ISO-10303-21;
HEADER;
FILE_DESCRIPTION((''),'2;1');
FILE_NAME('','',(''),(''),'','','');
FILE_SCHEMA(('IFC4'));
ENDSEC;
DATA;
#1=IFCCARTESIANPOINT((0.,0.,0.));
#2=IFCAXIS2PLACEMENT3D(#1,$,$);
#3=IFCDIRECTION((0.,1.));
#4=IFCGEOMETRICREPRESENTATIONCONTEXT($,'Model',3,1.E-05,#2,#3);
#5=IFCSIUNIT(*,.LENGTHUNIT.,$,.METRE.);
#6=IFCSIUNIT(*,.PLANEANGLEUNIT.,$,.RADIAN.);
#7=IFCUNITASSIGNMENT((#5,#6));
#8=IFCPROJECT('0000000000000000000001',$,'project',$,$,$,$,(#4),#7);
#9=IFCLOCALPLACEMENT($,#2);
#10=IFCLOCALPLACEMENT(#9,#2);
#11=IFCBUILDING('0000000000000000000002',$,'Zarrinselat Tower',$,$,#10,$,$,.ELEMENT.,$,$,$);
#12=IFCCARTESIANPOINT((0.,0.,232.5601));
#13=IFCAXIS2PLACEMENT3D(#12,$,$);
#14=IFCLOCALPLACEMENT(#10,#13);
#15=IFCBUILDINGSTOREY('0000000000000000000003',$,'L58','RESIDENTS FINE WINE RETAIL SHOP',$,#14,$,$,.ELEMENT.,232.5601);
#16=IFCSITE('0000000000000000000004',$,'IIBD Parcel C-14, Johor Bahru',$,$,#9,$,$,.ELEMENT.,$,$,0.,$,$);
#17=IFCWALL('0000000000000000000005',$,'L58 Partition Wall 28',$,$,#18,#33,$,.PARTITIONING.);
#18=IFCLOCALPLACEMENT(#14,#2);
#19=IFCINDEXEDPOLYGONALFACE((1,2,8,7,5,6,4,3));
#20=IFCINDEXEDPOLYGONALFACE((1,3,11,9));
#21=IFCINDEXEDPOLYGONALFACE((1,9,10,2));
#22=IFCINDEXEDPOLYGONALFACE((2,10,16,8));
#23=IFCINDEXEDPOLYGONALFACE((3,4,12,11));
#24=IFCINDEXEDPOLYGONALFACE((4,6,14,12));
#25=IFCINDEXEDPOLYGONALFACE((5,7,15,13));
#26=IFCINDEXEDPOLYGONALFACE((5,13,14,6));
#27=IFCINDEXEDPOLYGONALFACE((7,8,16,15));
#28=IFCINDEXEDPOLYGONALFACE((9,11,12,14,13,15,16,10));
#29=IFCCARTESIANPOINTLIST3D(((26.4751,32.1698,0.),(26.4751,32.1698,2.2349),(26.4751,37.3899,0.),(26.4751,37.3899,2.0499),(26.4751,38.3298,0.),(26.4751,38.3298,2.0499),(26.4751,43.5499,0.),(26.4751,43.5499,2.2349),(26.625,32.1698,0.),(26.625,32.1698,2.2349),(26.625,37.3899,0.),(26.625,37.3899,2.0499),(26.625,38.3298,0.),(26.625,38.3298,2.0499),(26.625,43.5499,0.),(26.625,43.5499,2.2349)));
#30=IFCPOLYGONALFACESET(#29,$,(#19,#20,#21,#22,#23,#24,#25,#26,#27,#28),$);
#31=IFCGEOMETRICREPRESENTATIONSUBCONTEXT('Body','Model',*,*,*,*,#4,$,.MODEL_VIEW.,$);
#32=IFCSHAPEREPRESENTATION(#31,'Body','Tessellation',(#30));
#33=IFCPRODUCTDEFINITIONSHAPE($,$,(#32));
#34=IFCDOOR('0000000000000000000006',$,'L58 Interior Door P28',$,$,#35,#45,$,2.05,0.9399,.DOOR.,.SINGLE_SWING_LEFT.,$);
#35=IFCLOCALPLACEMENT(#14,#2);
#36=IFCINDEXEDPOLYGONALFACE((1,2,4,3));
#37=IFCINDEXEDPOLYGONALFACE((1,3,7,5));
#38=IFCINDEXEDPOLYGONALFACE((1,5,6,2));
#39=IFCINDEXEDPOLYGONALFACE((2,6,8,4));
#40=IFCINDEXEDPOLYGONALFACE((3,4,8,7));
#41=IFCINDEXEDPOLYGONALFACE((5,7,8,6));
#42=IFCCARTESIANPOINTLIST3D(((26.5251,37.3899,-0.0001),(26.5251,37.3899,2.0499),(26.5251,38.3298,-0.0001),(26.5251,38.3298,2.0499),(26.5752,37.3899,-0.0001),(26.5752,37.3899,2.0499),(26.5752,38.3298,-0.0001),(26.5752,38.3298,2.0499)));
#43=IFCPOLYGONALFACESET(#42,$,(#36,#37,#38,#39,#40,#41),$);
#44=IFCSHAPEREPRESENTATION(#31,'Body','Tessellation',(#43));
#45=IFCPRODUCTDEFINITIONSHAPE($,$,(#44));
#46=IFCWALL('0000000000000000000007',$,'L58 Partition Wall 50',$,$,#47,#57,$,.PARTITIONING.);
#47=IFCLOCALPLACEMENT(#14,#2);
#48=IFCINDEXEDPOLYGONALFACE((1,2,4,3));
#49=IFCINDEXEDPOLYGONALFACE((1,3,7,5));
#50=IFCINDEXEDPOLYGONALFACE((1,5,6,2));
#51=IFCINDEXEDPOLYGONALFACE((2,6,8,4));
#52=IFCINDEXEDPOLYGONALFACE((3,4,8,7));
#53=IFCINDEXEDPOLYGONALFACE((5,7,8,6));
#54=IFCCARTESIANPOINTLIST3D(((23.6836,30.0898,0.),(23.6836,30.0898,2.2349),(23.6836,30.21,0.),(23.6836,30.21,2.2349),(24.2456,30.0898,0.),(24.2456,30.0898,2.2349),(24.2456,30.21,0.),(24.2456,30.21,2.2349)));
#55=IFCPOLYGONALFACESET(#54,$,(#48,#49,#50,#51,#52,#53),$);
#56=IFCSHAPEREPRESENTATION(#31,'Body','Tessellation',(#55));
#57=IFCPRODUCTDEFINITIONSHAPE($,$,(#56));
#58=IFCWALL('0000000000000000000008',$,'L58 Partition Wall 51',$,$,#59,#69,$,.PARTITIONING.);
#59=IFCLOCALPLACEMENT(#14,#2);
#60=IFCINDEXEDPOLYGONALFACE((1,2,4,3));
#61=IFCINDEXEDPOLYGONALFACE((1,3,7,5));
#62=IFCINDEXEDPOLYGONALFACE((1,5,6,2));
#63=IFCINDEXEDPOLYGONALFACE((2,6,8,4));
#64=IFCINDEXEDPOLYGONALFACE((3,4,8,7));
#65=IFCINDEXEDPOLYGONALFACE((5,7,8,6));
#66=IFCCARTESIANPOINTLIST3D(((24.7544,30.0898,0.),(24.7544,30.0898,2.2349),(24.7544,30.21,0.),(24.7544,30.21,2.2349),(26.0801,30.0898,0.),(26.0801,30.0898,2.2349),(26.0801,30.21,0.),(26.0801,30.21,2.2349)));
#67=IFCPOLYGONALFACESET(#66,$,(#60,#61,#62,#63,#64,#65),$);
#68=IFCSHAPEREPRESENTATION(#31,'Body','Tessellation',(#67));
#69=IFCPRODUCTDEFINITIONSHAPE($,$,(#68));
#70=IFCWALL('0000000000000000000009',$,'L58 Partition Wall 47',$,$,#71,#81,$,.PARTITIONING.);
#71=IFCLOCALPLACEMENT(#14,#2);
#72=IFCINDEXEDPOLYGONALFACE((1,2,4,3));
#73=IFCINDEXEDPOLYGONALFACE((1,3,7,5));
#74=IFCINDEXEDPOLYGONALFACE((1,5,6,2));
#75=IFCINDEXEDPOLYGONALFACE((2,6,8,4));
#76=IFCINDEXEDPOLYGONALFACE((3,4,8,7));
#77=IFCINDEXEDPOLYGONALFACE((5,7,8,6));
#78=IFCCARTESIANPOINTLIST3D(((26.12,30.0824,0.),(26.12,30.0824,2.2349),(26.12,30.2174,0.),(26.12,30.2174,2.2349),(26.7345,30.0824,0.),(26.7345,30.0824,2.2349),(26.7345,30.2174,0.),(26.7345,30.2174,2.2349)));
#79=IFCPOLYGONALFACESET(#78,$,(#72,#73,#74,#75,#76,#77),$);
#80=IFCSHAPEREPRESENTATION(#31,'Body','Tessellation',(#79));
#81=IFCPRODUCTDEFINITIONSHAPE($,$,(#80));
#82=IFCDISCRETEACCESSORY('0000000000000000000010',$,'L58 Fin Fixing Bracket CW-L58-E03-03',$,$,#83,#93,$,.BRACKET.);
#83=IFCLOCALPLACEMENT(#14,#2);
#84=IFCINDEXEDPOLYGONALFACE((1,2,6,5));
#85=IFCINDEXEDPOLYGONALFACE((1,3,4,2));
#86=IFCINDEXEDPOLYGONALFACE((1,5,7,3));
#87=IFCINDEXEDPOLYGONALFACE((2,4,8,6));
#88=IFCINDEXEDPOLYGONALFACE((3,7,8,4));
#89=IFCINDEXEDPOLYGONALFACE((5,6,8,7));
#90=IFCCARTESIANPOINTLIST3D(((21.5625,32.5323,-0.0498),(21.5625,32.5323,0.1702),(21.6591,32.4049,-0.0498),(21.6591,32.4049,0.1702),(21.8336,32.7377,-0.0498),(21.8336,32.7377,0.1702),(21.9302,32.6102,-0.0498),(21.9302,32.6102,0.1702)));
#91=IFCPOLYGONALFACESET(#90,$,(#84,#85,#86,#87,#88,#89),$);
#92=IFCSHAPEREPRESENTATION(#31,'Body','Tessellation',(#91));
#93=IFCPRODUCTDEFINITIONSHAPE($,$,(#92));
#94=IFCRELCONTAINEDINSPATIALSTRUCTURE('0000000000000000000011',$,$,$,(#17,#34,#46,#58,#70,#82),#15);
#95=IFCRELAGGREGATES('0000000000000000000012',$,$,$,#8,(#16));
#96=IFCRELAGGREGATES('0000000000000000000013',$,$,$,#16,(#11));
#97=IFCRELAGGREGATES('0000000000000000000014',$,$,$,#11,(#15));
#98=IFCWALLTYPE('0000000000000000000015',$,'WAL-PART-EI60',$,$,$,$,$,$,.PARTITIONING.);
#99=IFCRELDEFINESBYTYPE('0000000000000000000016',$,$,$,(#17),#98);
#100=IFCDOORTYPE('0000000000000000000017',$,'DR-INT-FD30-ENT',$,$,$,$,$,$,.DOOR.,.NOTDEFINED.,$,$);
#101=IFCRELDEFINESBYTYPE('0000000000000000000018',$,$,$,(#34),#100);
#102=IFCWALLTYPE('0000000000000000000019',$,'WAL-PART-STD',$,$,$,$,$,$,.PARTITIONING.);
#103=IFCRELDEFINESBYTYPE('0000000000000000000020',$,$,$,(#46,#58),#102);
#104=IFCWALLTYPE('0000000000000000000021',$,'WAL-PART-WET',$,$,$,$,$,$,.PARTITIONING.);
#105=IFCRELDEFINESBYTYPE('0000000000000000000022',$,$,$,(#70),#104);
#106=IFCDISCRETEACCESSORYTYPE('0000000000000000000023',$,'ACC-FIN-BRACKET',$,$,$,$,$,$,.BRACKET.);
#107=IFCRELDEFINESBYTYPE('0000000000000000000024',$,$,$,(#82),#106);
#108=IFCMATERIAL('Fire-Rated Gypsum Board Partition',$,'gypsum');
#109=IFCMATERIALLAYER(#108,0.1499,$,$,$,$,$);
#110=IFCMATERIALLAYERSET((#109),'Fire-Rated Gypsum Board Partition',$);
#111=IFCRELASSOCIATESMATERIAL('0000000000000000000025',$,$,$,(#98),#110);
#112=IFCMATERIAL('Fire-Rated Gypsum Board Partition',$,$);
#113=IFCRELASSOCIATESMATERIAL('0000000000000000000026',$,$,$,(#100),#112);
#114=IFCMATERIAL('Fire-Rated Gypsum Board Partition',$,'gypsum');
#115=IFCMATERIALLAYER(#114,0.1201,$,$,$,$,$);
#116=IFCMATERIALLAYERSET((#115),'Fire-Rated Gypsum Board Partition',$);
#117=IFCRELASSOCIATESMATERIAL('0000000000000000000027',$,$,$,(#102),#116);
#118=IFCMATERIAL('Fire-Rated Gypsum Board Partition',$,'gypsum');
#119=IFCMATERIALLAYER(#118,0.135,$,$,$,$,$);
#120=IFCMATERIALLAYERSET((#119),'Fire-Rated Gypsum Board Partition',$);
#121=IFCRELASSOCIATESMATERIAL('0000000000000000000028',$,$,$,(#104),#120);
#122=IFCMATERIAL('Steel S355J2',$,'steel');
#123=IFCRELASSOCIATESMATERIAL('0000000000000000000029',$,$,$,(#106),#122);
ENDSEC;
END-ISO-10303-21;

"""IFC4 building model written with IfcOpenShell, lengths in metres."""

from ifc_helpers import new_model, si_unit, direction, frame, frame_2d, origin, origin_2d, place, context, subcontext, project, spatial, rectangle, extrude, material, layer, layer_set, type_object, element, fill, save


model = new_model("IFC4")

# Units and contexts
model_context = context("Model", 3, precision=1e-05, world=origin(), true_north=direction((0.0, 1.0)))
body_context = subcontext(model_context, "Body", "Model", "MODEL_VIEW")
ifc_project = project(units=[si_unit("LENGTHUNIT", "METRE"), si_unit("PLANEANGLEUNIT", "RADIAN")], contexts=[model_context])

# Site, building, storey
site_placement = place(None, origin())
site = spatial("IfcSite", under=ifc_project, at=site_placement, Name="IIBD Parcel C-14, Johor Bahru", CompositionType="ELEMENT", RefElevation=0.0)
building_placement = place(site_placement, origin())
building = spatial("IfcBuilding", under=site, at=building_placement, Name="Zarrinselat Tower", CompositionType="ELEMENT")
storey_placement = place(building_placement, frame((0.0, 0.0, 232.5601)))
storey = spatial("IfcBuildingStorey", under=building, at=storey_placement, Name="L58", Description="RESIDENTS FINE WINE RETAIL SHOP", CompositionType="ELEMENT", Elevation=232.5601)

# Shared definitions
ifc_material_1 = material(Name="Fire-Rated Gypsum Board Partition", Category="gypsum")
ifc_layer_1 = layer(ifc_material_1, 0.1499)
ifc_layer_set_1 = layer_set([ifc_layer_1], Name="Fire-Rated Gypsum Board Partition")
wall_type_1 = type_object("IfcWallType", Name="WAL-PART-EI60", PredefinedType="PARTITIONING", material=ifc_layer_set_1)
ifc_material_2 = material(Name="Fire-Rated Gypsum Board Partition")
door_type_1 = type_object("IfcDoorType", Name="DR-INT-FD30-ENT", OperationType="NOTDEFINED", PredefinedType="DOOR", material=ifc_material_2)

# Wall, opening, door
wall_1_placement = place(storey_placement, frame((26.55, 32.1699, 0.0), z_axis=(0.0, 0.0, 1.0), x_axis=(0.0, 1.0, 0.0)))
wall_1 = element("IfcWall", 1, at=wall_1_placement, inside=storey, type_object=wall_type_1, Name="L58 Partition Wall 28", PredefinedType="PARTITIONING", context=body_context, shape_type="SweptSolid", body=[
    extrude(rectangle(XDim=11.3801, YDim=0.1499, at=frame_2d((5.6899, 0.0))), origin(), (0.0, 0.0, 1.0), 2.2349),
])
opening_1_placement = place(wall_1_placement, frame((5.22, 0.0, 0.0)))
opening_1 = element("IfcOpeningElement", 2, at=opening_1_placement, cuts=wall_1, PredefinedType="OPENING", context=body_context, shape_type="SweptSolid", body=[
    extrude(rectangle(XDim=0.9399, YDim=2.05, at=frame_2d((0.47, 1.0249))), frame((0.0, 0.085, 0.0), z_axis=(0.0, -1.0, 0.0), x_axis=(1.0, 0.0, 0.0)), (0.0, 0.0, 1.0), 0.1699),
])
door_1_placement = place(opening_1_placement, origin())
door_1 = element("IfcDoor", 3, at=door_1_placement, inside=storey, type_object=door_type_1, Name="L58 Interior Door P28", OperationType="SINGLE_SWING_LEFT", OverallHeight=2.05, OverallWidth=0.9399, PredefinedType="DOOR", context=body_context, shape_type="SweptSolid", body=[
    extrude(rectangle(XDim=0.9399, YDim=2.05, at=frame_2d((0.47, 1.0249))), frame((0.0, 0.0249, 0.0), z_axis=(0.0, -1.0, 0.0), x_axis=(1.0, 0.0, 0.0)), (0.0, 0.0, 1.0), 0.05),
])
fill(opening_1, door_1)

# Walls
ifc_material_3 = material(Name="Fire-Rated Gypsum Board Partition", Category="gypsum")
ifc_layer_2 = layer(ifc_material_3, 0.1201)
ifc_layer_set_2 = layer_set([ifc_layer_2], Name="Fire-Rated Gypsum Board Partition")
wall_type_2 = type_object("IfcWallType", Name="WAL-PART-STD", PredefinedType="PARTITIONING", material=ifc_layer_set_2)
wall_2_placement = place(storey_placement, frame((23.6836, 30.1499, 0.0), z_axis=(0.0, 0.0, 1.0), x_axis=(1.0, 0.0, 0.0)))
element("IfcWall", 4, at=wall_2_placement, inside=storey, type_object=wall_type_2, Name="L58 Partition Wall 50", PredefinedType="PARTITIONING", context=body_context, shape_type="SweptSolid", body=[
    extrude(rectangle(XDim=0.562, YDim=0.1201, at=frame_2d((0.281, 0.0))), origin(), (0.0, 0.0, 1.0), 2.2349),
])
wall_3_placement = place(storey_placement, frame((24.7544, 30.1499, 0.0), z_axis=(0.0, 0.0, 1.0), x_axis=(1.0, 0.0, 0.0)))
element("IfcWall", 5, at=wall_3_placement, inside=storey, type_object=wall_type_2, Name="L58 Partition Wall 51", PredefinedType="PARTITIONING", context=body_context, shape_type="SweptSolid", body=[
    extrude(rectangle(XDim=1.3257, YDim=0.1201, at=frame_2d((0.6628, 0.0))), origin(), (0.0, 0.0, 1.0), 2.2349),
])
ifc_material_4 = material(Name="Fire-Rated Gypsum Board Partition", Category="gypsum")
ifc_layer_3 = layer(ifc_material_4, 0.135)
ifc_layer_set_3 = layer_set([ifc_layer_3], Name="Fire-Rated Gypsum Board Partition")
wall_type_3 = type_object("IfcWallType", Name="WAL-PART-WET", PredefinedType="PARTITIONING", material=ifc_layer_set_3)
wall_4_placement = place(storey_placement, frame((26.1201, 30.1499, 0.0), z_axis=(0.0, 0.0, 1.0), x_axis=(1.0, 0.0, 0.0)))
element("IfcWall", 6, at=wall_4_placement, inside=storey, type_object=wall_type_3, Name="L58 Partition Wall 47", PredefinedType="PARTITIONING", context=body_context, shape_type="SweptSolid", body=[
    extrude(rectangle(XDim=0.6145, YDim=0.135, at=frame_2d((0.3071, 0.0))), origin(), (0.0, 0.0, 1.0), 2.2349),
])

# Discrete accessory
ifc_material_5 = material(Name="Steel S355J2", Category="steel")
discrete_accessory_type = type_object("IfcDiscreteAccessoryType", Name="ACC-FIN-BRACKET", PredefinedType="BRACKET", material=ifc_material_5)
discrete_accessory_placement = place(storey_placement, frame((21.7463, 32.5713, -0.0498), z_axis=(0.0, 0.0, 1.0), x_axis=(-0.797092, -0.603857, 0.0)))
element("IfcDiscreteAccessory", 7, at=discrete_accessory_placement, inside=storey, type_object=discrete_accessory_type, Name="L58 Fin Fixing Bracket CW-L58-E03-03", PredefinedType="BRACKET", context=body_context, shape_type="SweptSolid", body=[
    extrude(rectangle(XDim=0.3401, YDim=0.1599, at=origin_2d()), origin(), (0.0, 0.0, 1.0), 0.22),
])

save(model, "model.ifc")
